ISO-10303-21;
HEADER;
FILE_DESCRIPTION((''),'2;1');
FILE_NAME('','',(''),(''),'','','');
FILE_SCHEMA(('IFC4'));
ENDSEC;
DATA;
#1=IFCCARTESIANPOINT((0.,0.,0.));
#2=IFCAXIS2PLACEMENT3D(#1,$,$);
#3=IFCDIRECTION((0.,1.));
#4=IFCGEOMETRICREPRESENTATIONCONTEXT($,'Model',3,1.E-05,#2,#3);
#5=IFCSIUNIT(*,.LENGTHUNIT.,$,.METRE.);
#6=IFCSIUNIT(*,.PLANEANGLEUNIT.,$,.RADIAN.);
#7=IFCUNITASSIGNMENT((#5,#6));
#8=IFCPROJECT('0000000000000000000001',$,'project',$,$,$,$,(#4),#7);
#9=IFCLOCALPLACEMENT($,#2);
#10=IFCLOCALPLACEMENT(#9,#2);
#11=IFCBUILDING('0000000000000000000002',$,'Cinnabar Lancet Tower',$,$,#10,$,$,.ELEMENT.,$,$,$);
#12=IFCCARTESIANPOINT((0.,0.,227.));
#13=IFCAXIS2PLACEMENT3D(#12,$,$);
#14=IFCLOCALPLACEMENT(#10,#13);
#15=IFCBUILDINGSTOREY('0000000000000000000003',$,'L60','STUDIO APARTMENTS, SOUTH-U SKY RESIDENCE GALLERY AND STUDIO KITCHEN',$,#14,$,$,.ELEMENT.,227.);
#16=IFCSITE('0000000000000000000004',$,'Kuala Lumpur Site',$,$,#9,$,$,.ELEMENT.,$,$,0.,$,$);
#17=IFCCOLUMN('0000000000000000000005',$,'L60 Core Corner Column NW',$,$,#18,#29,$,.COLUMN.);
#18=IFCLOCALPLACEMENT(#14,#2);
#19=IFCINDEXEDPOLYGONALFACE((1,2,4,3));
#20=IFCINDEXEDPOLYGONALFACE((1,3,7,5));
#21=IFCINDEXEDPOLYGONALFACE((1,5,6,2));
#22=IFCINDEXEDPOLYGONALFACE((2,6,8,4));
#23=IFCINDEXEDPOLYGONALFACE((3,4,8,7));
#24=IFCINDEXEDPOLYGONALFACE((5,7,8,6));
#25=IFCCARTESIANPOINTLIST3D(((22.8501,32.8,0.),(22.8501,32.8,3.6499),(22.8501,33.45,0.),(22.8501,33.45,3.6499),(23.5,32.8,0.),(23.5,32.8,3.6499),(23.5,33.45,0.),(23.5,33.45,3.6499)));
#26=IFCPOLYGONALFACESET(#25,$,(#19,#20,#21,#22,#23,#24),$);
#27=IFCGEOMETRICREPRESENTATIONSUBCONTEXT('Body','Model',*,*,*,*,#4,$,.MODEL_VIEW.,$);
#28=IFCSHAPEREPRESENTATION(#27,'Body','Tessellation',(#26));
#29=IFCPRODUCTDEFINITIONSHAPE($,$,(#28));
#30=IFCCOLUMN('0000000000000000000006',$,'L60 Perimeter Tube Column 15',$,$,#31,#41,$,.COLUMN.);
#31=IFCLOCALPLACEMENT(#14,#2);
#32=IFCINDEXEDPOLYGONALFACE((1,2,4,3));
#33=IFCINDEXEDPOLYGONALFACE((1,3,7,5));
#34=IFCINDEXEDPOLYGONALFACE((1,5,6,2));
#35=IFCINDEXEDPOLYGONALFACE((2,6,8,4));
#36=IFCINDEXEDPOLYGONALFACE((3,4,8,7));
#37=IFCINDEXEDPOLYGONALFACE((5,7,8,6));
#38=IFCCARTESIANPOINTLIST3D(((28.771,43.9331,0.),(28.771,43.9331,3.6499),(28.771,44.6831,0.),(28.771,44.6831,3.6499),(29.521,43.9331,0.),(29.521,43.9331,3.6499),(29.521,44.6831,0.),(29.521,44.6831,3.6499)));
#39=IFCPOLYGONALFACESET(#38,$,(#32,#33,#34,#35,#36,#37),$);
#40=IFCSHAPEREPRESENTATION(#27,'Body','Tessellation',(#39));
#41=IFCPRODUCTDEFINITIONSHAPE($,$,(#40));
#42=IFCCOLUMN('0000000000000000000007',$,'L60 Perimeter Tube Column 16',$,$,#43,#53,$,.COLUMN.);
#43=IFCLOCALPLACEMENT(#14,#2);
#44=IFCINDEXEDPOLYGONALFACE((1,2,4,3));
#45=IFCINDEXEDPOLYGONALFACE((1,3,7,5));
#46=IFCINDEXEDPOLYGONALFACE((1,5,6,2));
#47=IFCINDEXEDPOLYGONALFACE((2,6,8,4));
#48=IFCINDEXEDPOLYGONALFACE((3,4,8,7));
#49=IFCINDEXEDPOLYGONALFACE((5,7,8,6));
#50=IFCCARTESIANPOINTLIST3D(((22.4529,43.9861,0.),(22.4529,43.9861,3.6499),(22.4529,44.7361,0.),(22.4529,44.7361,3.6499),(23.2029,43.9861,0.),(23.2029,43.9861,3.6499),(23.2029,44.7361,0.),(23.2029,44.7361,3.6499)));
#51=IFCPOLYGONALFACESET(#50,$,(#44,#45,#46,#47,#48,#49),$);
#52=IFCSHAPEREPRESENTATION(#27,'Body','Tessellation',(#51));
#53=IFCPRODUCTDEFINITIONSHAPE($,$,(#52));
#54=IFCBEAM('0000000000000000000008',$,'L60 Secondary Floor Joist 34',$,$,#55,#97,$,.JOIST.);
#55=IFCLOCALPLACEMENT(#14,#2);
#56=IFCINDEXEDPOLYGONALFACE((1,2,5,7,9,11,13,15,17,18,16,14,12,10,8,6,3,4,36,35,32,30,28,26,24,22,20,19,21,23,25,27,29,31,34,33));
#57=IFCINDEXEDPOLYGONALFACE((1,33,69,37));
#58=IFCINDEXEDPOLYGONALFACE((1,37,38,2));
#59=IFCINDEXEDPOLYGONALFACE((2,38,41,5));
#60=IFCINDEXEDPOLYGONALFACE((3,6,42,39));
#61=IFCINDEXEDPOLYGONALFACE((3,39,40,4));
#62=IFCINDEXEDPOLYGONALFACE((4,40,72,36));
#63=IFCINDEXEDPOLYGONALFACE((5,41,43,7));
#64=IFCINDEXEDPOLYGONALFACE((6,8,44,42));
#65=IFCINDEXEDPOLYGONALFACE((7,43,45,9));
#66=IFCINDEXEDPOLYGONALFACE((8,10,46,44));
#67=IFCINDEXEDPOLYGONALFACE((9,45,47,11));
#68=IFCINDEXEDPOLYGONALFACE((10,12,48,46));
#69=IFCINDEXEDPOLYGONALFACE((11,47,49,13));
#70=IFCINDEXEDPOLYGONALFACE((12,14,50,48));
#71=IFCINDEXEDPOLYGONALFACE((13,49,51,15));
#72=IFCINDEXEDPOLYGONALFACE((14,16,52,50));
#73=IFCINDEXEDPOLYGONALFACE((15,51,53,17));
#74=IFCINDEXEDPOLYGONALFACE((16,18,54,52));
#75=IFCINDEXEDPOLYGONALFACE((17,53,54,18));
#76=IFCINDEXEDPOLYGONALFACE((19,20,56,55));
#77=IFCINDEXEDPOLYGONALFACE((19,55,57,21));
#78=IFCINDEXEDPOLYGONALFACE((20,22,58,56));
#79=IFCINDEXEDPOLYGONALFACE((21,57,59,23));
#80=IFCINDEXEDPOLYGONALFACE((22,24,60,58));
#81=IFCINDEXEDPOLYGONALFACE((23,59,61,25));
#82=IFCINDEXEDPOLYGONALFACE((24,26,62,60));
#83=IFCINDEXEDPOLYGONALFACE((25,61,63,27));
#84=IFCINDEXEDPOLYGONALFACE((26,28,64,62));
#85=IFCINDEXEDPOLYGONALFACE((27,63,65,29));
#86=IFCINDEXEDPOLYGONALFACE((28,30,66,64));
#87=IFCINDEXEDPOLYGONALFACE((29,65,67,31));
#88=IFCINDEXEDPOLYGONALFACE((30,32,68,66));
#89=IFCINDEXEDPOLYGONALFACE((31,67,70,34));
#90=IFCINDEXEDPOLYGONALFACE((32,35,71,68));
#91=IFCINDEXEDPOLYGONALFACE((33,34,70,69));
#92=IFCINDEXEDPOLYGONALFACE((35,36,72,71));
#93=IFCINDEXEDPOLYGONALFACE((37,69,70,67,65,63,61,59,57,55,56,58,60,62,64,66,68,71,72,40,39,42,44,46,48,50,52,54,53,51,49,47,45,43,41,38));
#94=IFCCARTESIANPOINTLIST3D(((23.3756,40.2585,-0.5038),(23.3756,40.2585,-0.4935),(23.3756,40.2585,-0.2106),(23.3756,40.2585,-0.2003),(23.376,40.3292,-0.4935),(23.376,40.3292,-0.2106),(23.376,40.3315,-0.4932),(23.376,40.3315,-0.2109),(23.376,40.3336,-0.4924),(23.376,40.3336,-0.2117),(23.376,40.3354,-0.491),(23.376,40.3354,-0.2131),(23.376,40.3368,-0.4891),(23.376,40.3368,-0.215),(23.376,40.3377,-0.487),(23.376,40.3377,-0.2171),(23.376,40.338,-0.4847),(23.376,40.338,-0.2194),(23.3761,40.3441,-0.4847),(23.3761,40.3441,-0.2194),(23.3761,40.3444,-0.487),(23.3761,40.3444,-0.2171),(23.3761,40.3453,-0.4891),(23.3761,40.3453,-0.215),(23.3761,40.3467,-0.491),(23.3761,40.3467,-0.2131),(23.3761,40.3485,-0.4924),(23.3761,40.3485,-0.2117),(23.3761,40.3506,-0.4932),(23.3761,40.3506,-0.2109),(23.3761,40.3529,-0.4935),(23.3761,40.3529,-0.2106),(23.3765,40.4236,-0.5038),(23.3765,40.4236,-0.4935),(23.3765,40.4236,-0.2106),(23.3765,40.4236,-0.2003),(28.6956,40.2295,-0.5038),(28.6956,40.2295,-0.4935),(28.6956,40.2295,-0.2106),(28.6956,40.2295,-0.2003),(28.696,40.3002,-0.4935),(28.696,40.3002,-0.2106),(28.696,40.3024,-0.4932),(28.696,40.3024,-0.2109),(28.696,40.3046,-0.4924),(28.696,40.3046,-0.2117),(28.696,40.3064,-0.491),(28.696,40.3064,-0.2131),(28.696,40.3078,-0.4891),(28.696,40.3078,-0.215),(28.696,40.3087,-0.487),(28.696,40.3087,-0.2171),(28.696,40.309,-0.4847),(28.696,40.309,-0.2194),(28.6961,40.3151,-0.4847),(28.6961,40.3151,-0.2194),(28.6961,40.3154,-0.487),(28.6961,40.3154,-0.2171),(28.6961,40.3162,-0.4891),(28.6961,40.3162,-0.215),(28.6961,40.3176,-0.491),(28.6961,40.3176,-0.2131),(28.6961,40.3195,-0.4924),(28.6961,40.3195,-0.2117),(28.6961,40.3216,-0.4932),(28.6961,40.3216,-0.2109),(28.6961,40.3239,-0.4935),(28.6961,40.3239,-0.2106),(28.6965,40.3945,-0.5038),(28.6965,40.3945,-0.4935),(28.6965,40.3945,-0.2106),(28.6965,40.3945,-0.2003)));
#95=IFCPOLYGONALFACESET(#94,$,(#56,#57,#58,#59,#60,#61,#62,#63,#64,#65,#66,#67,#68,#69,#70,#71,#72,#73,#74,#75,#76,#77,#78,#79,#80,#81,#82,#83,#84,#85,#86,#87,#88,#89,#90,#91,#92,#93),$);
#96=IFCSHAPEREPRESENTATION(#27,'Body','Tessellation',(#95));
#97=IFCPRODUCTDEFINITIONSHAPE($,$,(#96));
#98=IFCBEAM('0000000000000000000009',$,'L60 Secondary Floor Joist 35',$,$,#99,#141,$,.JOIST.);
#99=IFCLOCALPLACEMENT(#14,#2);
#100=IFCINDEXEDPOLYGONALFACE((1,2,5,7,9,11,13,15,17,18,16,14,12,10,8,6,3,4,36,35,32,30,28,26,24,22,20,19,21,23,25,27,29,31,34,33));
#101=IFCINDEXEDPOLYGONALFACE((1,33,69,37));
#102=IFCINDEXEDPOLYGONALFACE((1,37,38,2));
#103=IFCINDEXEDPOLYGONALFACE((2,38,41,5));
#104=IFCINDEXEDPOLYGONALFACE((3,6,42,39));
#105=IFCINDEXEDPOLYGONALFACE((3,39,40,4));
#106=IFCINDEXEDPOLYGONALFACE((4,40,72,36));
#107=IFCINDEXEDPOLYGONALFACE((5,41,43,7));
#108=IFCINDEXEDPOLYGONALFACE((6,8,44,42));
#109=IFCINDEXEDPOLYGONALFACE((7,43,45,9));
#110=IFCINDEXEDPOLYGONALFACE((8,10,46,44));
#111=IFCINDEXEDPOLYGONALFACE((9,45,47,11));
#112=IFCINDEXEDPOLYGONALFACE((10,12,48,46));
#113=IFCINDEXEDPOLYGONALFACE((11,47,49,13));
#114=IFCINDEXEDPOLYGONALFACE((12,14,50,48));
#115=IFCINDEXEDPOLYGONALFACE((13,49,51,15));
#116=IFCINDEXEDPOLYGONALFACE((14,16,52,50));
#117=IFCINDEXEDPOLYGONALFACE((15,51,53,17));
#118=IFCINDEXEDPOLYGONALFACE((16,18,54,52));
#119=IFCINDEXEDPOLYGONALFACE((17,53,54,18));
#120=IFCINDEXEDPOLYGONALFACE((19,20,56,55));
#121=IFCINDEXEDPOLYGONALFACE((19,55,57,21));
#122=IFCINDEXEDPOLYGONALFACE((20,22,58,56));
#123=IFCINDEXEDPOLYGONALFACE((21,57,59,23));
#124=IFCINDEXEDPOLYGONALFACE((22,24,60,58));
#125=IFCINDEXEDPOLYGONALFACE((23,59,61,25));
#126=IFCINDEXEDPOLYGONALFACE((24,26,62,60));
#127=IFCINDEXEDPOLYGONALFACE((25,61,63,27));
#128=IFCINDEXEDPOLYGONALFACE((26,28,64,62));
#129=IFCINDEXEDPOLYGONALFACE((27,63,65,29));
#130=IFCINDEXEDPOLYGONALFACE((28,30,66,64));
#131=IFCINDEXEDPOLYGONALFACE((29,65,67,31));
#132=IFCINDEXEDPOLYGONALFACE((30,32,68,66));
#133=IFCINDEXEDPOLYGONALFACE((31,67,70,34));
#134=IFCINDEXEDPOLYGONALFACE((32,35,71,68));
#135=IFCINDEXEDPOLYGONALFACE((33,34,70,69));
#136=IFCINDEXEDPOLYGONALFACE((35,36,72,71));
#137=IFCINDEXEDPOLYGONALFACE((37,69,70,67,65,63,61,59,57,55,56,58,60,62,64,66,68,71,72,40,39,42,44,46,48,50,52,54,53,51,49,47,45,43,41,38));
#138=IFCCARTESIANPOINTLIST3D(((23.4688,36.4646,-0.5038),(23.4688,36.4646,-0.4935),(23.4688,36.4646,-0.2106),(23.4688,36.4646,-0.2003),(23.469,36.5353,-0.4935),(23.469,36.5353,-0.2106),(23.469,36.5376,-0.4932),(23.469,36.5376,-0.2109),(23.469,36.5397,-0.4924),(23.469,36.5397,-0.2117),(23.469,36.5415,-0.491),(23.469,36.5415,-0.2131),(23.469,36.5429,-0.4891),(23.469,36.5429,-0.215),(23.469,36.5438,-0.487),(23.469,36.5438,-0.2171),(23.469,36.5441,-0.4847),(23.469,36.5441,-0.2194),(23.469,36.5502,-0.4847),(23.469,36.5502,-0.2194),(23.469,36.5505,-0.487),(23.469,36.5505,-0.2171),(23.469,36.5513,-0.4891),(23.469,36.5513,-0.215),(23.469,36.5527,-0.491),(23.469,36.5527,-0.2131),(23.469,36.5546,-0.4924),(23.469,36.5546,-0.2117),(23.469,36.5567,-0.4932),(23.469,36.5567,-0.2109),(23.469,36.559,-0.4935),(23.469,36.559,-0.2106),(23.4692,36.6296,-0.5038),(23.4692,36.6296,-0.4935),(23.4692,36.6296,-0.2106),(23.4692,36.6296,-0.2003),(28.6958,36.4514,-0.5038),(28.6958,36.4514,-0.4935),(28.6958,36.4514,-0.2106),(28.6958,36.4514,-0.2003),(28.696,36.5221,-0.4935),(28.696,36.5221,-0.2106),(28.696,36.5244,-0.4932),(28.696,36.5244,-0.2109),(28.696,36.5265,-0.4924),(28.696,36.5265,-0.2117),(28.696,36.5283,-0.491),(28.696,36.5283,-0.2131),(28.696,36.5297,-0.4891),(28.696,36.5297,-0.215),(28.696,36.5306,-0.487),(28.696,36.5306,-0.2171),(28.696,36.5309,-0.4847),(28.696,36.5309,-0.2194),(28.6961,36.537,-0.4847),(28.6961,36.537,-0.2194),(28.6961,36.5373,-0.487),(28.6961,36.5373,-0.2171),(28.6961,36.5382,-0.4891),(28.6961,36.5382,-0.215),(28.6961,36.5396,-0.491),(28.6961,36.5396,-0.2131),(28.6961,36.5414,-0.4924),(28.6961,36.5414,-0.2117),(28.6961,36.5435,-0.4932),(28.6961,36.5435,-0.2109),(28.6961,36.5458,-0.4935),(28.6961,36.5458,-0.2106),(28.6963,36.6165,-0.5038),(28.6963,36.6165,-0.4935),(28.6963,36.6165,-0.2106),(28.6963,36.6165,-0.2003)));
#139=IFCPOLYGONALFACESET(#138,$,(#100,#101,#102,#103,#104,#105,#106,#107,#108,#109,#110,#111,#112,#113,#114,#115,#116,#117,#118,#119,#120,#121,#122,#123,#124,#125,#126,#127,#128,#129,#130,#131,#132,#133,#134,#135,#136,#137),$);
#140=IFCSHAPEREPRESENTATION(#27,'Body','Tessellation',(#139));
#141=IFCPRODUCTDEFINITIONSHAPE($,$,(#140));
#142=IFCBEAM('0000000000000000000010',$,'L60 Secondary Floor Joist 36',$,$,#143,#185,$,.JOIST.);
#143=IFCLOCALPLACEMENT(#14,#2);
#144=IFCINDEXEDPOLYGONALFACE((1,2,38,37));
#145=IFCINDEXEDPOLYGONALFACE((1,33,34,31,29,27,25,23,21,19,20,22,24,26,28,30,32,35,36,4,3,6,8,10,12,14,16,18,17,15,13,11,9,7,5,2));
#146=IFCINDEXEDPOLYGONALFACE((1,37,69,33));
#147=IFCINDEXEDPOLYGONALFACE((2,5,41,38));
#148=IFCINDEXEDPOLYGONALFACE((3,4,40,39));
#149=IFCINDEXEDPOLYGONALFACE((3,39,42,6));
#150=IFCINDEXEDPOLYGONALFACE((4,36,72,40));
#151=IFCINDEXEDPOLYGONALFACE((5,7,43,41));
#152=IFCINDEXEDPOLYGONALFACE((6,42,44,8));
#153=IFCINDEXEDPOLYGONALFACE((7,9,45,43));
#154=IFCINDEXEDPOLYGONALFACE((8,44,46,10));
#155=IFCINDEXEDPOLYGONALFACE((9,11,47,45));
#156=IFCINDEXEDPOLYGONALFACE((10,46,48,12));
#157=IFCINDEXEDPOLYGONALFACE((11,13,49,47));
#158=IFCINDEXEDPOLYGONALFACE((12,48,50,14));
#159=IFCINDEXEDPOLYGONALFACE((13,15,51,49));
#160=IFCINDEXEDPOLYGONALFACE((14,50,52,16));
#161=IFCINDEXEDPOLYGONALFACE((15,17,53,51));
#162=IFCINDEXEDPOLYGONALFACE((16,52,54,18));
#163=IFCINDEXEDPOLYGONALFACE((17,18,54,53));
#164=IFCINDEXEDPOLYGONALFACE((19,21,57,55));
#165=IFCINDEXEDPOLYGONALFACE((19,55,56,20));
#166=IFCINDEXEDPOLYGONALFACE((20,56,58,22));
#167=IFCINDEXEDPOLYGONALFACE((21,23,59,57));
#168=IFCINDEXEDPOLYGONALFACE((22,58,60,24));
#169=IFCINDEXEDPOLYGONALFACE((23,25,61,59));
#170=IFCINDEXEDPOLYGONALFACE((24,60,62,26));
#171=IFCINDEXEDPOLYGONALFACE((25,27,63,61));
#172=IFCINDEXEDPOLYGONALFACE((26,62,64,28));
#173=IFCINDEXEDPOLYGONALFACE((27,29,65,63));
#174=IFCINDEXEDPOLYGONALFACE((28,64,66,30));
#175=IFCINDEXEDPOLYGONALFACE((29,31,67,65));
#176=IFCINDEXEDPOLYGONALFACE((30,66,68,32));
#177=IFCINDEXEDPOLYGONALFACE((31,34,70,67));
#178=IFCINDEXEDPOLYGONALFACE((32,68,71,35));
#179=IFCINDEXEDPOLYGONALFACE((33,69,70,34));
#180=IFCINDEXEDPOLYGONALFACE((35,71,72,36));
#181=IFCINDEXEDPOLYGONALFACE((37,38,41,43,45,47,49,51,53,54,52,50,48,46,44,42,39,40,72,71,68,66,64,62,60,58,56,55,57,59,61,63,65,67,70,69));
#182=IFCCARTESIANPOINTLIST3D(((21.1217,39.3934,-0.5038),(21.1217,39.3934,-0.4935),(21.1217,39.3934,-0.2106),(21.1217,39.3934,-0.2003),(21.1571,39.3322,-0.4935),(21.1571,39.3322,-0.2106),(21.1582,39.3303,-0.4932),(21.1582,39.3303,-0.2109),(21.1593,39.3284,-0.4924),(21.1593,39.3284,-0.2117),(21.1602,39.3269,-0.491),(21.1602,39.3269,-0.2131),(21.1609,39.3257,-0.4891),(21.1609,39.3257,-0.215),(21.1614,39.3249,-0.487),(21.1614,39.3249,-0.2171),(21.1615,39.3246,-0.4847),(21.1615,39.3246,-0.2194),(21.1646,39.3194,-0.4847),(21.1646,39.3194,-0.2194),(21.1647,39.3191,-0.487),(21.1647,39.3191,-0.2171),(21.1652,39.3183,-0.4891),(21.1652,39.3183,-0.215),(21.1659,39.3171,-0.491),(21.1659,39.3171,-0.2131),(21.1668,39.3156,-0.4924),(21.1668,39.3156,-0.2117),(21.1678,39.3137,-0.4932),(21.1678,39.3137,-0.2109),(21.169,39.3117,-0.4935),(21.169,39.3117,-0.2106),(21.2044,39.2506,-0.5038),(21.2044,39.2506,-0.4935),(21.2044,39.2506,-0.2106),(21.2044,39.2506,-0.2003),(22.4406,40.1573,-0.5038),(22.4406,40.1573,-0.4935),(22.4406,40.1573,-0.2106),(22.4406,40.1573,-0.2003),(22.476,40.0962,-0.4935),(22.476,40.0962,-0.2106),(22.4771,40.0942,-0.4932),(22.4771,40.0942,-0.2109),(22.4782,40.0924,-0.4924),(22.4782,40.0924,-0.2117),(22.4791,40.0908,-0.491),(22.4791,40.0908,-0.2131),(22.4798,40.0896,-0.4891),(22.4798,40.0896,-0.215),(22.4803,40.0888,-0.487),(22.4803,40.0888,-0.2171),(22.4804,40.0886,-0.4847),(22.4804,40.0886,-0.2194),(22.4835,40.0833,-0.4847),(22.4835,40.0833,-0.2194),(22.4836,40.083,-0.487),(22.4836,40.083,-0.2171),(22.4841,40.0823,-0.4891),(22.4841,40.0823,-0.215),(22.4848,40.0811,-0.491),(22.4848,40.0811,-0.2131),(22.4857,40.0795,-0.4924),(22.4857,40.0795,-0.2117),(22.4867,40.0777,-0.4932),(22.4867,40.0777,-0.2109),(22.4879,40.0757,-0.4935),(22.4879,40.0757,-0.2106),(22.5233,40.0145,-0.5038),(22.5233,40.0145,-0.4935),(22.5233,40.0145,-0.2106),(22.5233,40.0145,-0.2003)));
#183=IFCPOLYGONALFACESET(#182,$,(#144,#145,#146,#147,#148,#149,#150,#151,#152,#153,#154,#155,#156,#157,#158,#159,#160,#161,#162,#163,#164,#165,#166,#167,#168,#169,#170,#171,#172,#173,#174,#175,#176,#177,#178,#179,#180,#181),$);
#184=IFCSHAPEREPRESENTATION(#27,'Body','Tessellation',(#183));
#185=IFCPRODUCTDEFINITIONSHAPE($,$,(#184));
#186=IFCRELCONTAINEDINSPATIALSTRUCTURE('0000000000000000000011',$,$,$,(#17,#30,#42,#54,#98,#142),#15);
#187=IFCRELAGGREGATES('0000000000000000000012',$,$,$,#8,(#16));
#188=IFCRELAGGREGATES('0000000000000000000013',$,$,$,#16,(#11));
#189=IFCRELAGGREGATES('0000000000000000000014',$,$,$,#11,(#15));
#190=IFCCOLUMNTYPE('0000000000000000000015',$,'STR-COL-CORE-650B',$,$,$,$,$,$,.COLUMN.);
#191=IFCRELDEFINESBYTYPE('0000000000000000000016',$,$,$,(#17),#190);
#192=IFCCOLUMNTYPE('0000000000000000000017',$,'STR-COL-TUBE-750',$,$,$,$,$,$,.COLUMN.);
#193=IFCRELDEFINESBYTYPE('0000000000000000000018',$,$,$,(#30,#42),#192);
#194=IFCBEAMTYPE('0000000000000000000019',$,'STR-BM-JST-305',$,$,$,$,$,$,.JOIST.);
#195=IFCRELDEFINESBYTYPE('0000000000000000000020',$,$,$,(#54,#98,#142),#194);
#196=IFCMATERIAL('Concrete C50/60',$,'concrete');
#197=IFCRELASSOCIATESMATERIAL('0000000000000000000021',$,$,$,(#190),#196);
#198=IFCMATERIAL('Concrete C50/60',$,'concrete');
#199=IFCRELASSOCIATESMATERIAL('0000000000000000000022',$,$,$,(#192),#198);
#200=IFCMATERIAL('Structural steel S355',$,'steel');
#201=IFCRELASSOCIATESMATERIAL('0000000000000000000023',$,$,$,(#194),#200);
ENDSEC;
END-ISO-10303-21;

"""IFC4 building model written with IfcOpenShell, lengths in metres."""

from ifc_helpers import new_model, si_unit, direction, frame, origin, origin_2d, place, context, subcontext, project, spatial, rectangle, i_section, extrude, material, material_profile, profile_set, type_object, element, save


model = new_model("IFC4")

# Units and contexts
model_context = context("Model", 3, precision=1e-05, world=origin(), true_north=direction((0.0, 1.0)))
body_context = subcontext(model_context, "Body", "Model", "MODEL_VIEW")
ifc_project = project(units=[si_unit("LENGTHUNIT", "METRE"), si_unit("PLANEANGLEUNIT", "RADIAN")], contexts=[model_context])

# Site, building, storey
site_placement = place(None, origin())
site = spatial("IfcSite", under=ifc_project, at=site_placement, Name="Kuala Lumpur Site", CompositionType="ELEMENT", RefElevation=0.0)
building_placement = place(site_placement, origin())
building = spatial("IfcBuilding", under=site, at=building_placement, Name="Cinnabar Lancet Tower", CompositionType="ELEMENT")
storey_placement = place(building_placement, frame((0.0, 0.0, 227.0)))
storey = spatial("IfcBuildingStorey", under=building, at=storey_placement, Name="L60", Description="STUDIO APARTMENTS, SOUTH-U SKY RESIDENCE GALLERY AND STUDIO KITCHEN", CompositionType="ELEMENT", Elevation=227.0)

# Columns
ifc_material_1 = material(Name="Concrete C50/60", Category="concrete")
ifc_material_profile_1 = material_profile(ifc_material_1, rectangle(XDim=0.6499, YDim=0.6499, at=origin_2d()), Name="RC-COL 650x650")
ifc_profile_set_1 = profile_set([ifc_material_profile_1], Name="Concrete C50/60")
column_type_1 = type_object("IfcColumnType", Name="STR-COL-CORE-650B", PredefinedType="COLUMN", material=ifc_profile_set_1)
column_placement = place(storey_placement, frame((23.175, 33.125, 0.0), z_axis=(0.0, 0.0, 1.0), x_axis=(1.0, 0.0, 0.0)))
element("IfcColumn", 1, at=column_placement, inside=storey, type_object=column_type_1, Name="L60 Core Corner Column NW", PredefinedType="COLUMN", context=body_context, shape_type="SweptSolid", body=[
    extrude(rectangle(XDim=0.6499, YDim=0.6499, at=origin_2d()), origin(), (0.0, 0.0, 1.0), 3.6499),
])
ifc_material_2 = material(Name="Concrete C50/60", Category="concrete")
ifc_material_profile_2 = material_profile(ifc_material_2, rectangle(XDim=0.75, YDim=0.75, at=origin_2d()), Name="RC-COL 750x750")
ifc_profile_set_2 = profile_set([ifc_material_profile_2], Name="Concrete C50/60")
column_type_2 = type_object("IfcColumnType", Name="STR-COL-TUBE-750", PredefinedType="COLUMN", material=ifc_profile_set_2)
for number, where, z_axis, x_axis, name in (
    (2, (29.146, 44.3081, 0.0), (0.0, 0.0, 1.0), (1.0, 0.0, 0.0), "L60 Perimeter Tube Column 15"),
    (3, (22.8279, 44.3611, 0.0), (0.0, 0.0, 1.0), (1.0, 0.0, 0.0), "L60 Perimeter Tube Column 16"),
):
    element("IfcColumn", number, at=place(storey_placement, frame(where, z_axis=z_axis, x_axis=x_axis)), inside=storey, type_object=column_type_2, Name=name, PredefinedType="COLUMN", context=body_context, shape_type="SweptSolid", body=[
        extrude(rectangle(XDim=0.75, YDim=0.75, at=origin_2d()), origin(), (0.0, 0.0, 1.0), 3.6499),
    ])

# Beams
ifc_material_3 = material(Name="Structural steel S355", Category="steel")
ifc_material_profile_3 = material_profile(ifc_material_3, i_section(OverallWidth=0.165, OverallDepth=0.3035, WebThickness=0.0061, FlangeThickness=0.0103, FilletRadius=0.0088, at=origin_2d()), Name="UKB 305x165x40")
ifc_profile_set_3 = profile_set([ifc_material_profile_3], Name="Structural steel S355")
beam_type_1 = type_object("IfcBeamType", Name="STR-BM-JST-305", PredefinedType="JOIST", material=ifc_profile_set_3)
beam_1_placement = place(storey_placement, frame((28.696, 40.312, -0.3521), z_axis=(-0.999985, 0.005461, 0.0), x_axis=(-0.005461, -0.999985, 0.0)))
element("IfcBeam", 4, at=beam_1_placement, inside=storey, type_object=beam_type_1, Name="L60 Secondary Floor Joist 34", PredefinedType="JOIST", context=body_context, shape_type="SweptSolid", body=[
    extrude(i_section(OverallWidth=0.165, OverallDepth=0.3035, WebThickness=0.0061, FlangeThickness=0.0103, FilletRadius=0.0088, at=origin_2d()), origin(), (0.0, 0.0, 1.0), 5.3201),
])
beam_2_placement = place(storey_placement, frame((28.696, 36.5339, -0.3521), z_axis=(-0.999997, 0.002522, 0.0), x_axis=(-0.002522, -0.999997, 0.0)))
element("IfcBeam", 5, at=beam_2_placement, inside=storey, type_object=beam_type_1, Name="L60 Secondary Floor Joist 35", PredefinedType="JOIST", context=body_context, shape_type="SweptSolid", body=[
    extrude(i_section(OverallWidth=0.165, OverallDepth=0.3035, WebThickness=0.0061, FlangeThickness=0.0103, FilletRadius=0.0088, at=origin_2d()), origin(), (0.0, 0.0, 1.0), 5.2271),
])
beam_3_placement = place(storey_placement, frame((22.4819, 40.0859, -0.3521), z_axis=(-0.86532, -0.501219, 0.0), x_axis=(0.501219, -0.86532, 0.0)))
element("IfcBeam", 6, at=beam_3_placement, inside=storey, type_object=beam_type_1, Name="L60 Secondary Floor Joist 36", PredefinedType="JOIST", context=body_context, shape_type="SweptSolid", body=[
    extrude(i_section(OverallWidth=0.165, OverallDepth=0.3035, WebThickness=0.0061, FlangeThickness=0.0103, FilletRadius=0.0088, at=origin_2d()), origin(), (0.0, 0.0, 1.0), 1.5242),
])

save(model, "model.ifc")
